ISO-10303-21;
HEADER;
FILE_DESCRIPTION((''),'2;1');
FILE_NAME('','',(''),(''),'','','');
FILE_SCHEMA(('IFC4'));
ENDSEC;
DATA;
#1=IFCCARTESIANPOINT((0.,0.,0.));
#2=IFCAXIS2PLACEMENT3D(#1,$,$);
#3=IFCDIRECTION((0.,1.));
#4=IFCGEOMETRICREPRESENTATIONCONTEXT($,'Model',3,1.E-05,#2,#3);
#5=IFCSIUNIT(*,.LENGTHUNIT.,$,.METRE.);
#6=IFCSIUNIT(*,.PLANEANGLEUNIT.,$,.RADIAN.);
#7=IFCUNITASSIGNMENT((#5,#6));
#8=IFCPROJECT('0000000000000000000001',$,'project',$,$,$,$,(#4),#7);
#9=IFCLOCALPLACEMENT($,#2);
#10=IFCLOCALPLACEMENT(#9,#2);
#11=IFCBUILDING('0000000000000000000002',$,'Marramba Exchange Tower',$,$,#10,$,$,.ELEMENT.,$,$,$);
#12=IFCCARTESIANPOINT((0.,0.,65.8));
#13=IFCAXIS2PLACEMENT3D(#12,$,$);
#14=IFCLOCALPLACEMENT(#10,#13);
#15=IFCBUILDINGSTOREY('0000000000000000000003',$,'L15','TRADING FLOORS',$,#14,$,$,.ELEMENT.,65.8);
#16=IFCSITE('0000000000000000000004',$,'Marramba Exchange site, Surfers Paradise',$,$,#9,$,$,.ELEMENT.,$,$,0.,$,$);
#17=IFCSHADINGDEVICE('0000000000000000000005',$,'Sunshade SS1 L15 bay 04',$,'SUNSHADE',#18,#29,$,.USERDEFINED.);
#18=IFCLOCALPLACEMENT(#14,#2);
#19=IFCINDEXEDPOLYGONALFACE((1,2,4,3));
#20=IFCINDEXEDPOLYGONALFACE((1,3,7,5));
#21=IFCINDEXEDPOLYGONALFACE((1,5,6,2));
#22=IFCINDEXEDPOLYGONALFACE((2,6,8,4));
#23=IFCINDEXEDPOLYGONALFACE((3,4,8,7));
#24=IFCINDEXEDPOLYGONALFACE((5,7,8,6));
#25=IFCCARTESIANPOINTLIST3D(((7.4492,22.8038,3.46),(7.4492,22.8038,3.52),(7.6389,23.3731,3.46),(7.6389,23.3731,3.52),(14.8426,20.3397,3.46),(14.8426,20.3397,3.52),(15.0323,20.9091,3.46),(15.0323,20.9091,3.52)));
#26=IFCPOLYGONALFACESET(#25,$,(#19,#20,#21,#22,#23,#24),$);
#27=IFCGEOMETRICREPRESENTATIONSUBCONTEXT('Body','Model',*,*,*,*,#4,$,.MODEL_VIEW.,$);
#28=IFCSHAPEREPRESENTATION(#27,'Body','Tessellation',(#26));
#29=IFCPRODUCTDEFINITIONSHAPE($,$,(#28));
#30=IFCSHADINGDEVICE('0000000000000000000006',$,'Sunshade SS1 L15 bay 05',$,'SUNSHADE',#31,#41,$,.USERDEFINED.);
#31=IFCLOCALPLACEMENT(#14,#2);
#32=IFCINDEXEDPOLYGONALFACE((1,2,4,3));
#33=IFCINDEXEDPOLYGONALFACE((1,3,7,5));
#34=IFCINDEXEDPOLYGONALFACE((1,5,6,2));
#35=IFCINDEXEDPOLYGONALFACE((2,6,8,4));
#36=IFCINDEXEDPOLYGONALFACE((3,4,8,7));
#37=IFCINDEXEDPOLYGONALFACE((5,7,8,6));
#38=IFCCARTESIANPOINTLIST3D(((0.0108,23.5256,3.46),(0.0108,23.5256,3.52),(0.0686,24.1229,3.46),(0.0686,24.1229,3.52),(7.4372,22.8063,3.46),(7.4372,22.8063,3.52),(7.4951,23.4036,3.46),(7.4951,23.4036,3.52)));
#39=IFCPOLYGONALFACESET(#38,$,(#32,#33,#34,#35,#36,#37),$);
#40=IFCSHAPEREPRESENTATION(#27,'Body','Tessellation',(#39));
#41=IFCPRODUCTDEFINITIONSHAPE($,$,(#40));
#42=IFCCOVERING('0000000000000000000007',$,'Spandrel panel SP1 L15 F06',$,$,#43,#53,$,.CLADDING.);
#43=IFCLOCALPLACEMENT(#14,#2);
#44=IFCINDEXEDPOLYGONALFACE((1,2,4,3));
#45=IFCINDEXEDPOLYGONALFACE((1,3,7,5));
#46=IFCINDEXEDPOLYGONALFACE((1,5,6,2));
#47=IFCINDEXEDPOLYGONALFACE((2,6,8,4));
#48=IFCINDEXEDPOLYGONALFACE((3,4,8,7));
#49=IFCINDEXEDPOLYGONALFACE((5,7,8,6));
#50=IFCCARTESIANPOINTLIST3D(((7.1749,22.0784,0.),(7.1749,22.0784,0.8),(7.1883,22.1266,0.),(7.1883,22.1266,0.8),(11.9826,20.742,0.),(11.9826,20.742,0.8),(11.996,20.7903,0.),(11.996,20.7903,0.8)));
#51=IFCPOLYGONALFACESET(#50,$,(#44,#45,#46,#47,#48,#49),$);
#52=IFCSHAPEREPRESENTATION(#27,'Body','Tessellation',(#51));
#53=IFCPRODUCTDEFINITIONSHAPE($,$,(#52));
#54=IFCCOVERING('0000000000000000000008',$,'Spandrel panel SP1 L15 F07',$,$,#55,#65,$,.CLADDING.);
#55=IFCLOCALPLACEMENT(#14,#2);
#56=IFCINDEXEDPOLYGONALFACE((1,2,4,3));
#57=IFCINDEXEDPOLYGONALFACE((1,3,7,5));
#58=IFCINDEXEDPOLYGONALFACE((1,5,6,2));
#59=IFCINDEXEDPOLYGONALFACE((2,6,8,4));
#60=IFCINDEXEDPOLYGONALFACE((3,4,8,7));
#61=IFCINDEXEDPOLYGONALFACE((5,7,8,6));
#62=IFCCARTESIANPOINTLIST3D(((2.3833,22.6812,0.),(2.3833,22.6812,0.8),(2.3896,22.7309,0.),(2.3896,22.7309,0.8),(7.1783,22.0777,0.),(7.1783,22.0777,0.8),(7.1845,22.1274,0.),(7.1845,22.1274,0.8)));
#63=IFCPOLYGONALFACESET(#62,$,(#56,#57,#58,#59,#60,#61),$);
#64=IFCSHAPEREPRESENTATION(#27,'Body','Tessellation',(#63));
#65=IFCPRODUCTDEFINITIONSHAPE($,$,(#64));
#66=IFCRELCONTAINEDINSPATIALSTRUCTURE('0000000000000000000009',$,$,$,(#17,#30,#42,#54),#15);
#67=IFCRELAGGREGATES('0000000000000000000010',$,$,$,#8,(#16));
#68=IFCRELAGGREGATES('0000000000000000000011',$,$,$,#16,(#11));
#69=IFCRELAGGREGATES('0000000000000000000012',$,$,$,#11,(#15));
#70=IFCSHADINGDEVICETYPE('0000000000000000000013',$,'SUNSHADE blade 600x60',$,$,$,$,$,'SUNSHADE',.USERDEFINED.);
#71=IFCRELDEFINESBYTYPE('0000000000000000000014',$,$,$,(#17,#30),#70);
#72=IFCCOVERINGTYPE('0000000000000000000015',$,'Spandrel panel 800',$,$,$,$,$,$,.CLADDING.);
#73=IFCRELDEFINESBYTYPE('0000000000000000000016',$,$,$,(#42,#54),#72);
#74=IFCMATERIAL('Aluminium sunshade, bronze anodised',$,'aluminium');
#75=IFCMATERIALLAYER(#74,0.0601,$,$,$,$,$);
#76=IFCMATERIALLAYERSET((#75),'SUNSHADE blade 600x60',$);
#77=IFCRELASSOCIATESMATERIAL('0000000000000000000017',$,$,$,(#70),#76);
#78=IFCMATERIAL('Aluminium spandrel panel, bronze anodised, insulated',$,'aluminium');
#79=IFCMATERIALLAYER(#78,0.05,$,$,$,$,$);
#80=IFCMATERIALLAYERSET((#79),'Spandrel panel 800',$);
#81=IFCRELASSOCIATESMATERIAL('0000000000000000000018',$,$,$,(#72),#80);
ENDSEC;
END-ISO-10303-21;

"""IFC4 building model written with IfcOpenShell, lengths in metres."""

from ifc_helpers import new_model, si_unit, direction, frame, origin, origin_2d, place, context, subcontext, project, spatial, rectangle, extrude, material, layer, layer_set, type_object, element, save


model = new_model("IFC4")

# Units and contexts
model_context = context("Model", 3, precision=1e-05, world=origin(), true_north=direction((0.0, 1.0)))
body_context = subcontext(model_context, "Body", "Model", "MODEL_VIEW")
ifc_project = project(units=[si_unit("LENGTHUNIT", "METRE"), si_unit("PLANEANGLEUNIT", "RADIAN")], contexts=[model_context])

# Site, building, storey
site_placement = place(None, origin())
site = spatial("IfcSite", under=ifc_project, at=site_placement, Name="Marramba Exchange site, Surfers Paradise", CompositionType="ELEMENT", RefElevation=0.0)
building_placement = place(site_placement, origin())
building = spatial("IfcBuilding", under=site, at=building_placement, Name="Marramba Exchange Tower", CompositionType="ELEMENT")
storey_placement = place(building_placement, frame((0.0, 0.0, 65.8)))
storey = spatial("IfcBuildingStorey", under=building, at=storey_placement, Name="L15", Description="TRADING FLOORS", CompositionType="ELEMENT", Elevation=65.8)

# Shading devices
ifc_material_1 = material(Name="Aluminium sunshade, bronze anodised", Category="aluminium")
ifc_layer_1 = layer(ifc_material_1, 0.0601)
ifc_layer_set_1 = layer_set([ifc_layer_1], Name="SUNSHADE blade 600x60")
shading_device_type_1 = type_object("IfcShadingDeviceType", Name="SUNSHADE blade 600x60", ElementType="SUNSHADE", PredefinedType="USERDEFINED", material=ifc_layer_set_1)
shading_device_1_placement = place(storey_placement, frame((11.2407, 21.8564, 3.46), z_axis=(0.0, 0.0, 1.0), x_axis=(-0.948698, 0.316184, 0.0)))
element("IfcShadingDevice", 1, at=shading_device_1_placement, inside=storey, type_object=shading_device_type_1, Name="Sunshade SS1 L15 bay 04", ObjectType="SUNSHADE", PredefinedType="USERDEFINED", context=body_context, shape_type="SweptSolid", body=[
    extrude(rectangle(XDim=7.7932, YDim=0.6001, at=origin_2d()), origin(), (0.0, 0.0, 1.0), 0.0601),
])
shading_device_2_placement = place(storey_placement, frame((3.7529, 23.4646, 3.46), z_axis=(0.0, 0.0, 1.0), x_axis=(-0.995343, 0.096398, 0.0)))
element("IfcShadingDevice", 2, at=shading_device_2_placement, inside=storey, type_object=shading_device_type_1, Name="Sunshade SS1 L15 bay 05", ObjectType="SUNSHADE", PredefinedType="USERDEFINED", context=body_context, shape_type="SweptSolid", body=[
    extrude(rectangle(XDim=7.4612, YDim=0.6001, at=origin_2d()), origin(), (0.0, 0.0, 1.0), 0.0601),
])

# Coverings
ifc_material_2 = material(Name="Aluminium spandrel panel, bronze anodised, insulated", Category="aluminium")
ifc_layer_2 = layer(ifc_material_2, 0.05)
ifc_layer_set_2 = layer_set([ifc_layer_2], Name="Spandrel panel 800")
covering_type = type_object("IfcCoveringType", Name="Spandrel panel 800", PredefinedType="CLADDING", material=ifc_layer_set_2)
covering_1_placement = place(storey_placement, frame((9.5854, 21.4343, 0.0), z_axis=(0.0, 0.0, 1.0), x_axis=(-0.963472, 0.267809, 0.0)))
element("IfcCovering", 3, at=covering_1_placement, inside=storey, type_object=covering_type, Name="Spandrel panel SP1 L15 F06", PredefinedType="CLADDING", context=body_context, shape_type="SweptSolid", body=[
    extrude(rectangle(XDim=4.99, YDim=0.05, at=origin_2d()), origin(), (0.0, 0.0, 1.0), 0.8),
])
covering_2_placement = place(storey_placement, frame((4.7839, 22.4043, 0.0), z_axis=(0.0, 0.0, 1.0), x_axis=(-0.992173, 0.124873, 0.0)))
element("IfcCovering", 4, at=covering_2_placement, inside=storey, type_object=covering_type, Name="Spandrel panel SP1 L15 F07", PredefinedType="CLADDING", context=body_context, shape_type="SweptSolid", body=[
    extrude(rectangle(XDim=4.8328, YDim=0.05, at=origin_2d()), origin(), (0.0, 0.0, 1.0), 0.8),
])

save(model, "model.ifc")
